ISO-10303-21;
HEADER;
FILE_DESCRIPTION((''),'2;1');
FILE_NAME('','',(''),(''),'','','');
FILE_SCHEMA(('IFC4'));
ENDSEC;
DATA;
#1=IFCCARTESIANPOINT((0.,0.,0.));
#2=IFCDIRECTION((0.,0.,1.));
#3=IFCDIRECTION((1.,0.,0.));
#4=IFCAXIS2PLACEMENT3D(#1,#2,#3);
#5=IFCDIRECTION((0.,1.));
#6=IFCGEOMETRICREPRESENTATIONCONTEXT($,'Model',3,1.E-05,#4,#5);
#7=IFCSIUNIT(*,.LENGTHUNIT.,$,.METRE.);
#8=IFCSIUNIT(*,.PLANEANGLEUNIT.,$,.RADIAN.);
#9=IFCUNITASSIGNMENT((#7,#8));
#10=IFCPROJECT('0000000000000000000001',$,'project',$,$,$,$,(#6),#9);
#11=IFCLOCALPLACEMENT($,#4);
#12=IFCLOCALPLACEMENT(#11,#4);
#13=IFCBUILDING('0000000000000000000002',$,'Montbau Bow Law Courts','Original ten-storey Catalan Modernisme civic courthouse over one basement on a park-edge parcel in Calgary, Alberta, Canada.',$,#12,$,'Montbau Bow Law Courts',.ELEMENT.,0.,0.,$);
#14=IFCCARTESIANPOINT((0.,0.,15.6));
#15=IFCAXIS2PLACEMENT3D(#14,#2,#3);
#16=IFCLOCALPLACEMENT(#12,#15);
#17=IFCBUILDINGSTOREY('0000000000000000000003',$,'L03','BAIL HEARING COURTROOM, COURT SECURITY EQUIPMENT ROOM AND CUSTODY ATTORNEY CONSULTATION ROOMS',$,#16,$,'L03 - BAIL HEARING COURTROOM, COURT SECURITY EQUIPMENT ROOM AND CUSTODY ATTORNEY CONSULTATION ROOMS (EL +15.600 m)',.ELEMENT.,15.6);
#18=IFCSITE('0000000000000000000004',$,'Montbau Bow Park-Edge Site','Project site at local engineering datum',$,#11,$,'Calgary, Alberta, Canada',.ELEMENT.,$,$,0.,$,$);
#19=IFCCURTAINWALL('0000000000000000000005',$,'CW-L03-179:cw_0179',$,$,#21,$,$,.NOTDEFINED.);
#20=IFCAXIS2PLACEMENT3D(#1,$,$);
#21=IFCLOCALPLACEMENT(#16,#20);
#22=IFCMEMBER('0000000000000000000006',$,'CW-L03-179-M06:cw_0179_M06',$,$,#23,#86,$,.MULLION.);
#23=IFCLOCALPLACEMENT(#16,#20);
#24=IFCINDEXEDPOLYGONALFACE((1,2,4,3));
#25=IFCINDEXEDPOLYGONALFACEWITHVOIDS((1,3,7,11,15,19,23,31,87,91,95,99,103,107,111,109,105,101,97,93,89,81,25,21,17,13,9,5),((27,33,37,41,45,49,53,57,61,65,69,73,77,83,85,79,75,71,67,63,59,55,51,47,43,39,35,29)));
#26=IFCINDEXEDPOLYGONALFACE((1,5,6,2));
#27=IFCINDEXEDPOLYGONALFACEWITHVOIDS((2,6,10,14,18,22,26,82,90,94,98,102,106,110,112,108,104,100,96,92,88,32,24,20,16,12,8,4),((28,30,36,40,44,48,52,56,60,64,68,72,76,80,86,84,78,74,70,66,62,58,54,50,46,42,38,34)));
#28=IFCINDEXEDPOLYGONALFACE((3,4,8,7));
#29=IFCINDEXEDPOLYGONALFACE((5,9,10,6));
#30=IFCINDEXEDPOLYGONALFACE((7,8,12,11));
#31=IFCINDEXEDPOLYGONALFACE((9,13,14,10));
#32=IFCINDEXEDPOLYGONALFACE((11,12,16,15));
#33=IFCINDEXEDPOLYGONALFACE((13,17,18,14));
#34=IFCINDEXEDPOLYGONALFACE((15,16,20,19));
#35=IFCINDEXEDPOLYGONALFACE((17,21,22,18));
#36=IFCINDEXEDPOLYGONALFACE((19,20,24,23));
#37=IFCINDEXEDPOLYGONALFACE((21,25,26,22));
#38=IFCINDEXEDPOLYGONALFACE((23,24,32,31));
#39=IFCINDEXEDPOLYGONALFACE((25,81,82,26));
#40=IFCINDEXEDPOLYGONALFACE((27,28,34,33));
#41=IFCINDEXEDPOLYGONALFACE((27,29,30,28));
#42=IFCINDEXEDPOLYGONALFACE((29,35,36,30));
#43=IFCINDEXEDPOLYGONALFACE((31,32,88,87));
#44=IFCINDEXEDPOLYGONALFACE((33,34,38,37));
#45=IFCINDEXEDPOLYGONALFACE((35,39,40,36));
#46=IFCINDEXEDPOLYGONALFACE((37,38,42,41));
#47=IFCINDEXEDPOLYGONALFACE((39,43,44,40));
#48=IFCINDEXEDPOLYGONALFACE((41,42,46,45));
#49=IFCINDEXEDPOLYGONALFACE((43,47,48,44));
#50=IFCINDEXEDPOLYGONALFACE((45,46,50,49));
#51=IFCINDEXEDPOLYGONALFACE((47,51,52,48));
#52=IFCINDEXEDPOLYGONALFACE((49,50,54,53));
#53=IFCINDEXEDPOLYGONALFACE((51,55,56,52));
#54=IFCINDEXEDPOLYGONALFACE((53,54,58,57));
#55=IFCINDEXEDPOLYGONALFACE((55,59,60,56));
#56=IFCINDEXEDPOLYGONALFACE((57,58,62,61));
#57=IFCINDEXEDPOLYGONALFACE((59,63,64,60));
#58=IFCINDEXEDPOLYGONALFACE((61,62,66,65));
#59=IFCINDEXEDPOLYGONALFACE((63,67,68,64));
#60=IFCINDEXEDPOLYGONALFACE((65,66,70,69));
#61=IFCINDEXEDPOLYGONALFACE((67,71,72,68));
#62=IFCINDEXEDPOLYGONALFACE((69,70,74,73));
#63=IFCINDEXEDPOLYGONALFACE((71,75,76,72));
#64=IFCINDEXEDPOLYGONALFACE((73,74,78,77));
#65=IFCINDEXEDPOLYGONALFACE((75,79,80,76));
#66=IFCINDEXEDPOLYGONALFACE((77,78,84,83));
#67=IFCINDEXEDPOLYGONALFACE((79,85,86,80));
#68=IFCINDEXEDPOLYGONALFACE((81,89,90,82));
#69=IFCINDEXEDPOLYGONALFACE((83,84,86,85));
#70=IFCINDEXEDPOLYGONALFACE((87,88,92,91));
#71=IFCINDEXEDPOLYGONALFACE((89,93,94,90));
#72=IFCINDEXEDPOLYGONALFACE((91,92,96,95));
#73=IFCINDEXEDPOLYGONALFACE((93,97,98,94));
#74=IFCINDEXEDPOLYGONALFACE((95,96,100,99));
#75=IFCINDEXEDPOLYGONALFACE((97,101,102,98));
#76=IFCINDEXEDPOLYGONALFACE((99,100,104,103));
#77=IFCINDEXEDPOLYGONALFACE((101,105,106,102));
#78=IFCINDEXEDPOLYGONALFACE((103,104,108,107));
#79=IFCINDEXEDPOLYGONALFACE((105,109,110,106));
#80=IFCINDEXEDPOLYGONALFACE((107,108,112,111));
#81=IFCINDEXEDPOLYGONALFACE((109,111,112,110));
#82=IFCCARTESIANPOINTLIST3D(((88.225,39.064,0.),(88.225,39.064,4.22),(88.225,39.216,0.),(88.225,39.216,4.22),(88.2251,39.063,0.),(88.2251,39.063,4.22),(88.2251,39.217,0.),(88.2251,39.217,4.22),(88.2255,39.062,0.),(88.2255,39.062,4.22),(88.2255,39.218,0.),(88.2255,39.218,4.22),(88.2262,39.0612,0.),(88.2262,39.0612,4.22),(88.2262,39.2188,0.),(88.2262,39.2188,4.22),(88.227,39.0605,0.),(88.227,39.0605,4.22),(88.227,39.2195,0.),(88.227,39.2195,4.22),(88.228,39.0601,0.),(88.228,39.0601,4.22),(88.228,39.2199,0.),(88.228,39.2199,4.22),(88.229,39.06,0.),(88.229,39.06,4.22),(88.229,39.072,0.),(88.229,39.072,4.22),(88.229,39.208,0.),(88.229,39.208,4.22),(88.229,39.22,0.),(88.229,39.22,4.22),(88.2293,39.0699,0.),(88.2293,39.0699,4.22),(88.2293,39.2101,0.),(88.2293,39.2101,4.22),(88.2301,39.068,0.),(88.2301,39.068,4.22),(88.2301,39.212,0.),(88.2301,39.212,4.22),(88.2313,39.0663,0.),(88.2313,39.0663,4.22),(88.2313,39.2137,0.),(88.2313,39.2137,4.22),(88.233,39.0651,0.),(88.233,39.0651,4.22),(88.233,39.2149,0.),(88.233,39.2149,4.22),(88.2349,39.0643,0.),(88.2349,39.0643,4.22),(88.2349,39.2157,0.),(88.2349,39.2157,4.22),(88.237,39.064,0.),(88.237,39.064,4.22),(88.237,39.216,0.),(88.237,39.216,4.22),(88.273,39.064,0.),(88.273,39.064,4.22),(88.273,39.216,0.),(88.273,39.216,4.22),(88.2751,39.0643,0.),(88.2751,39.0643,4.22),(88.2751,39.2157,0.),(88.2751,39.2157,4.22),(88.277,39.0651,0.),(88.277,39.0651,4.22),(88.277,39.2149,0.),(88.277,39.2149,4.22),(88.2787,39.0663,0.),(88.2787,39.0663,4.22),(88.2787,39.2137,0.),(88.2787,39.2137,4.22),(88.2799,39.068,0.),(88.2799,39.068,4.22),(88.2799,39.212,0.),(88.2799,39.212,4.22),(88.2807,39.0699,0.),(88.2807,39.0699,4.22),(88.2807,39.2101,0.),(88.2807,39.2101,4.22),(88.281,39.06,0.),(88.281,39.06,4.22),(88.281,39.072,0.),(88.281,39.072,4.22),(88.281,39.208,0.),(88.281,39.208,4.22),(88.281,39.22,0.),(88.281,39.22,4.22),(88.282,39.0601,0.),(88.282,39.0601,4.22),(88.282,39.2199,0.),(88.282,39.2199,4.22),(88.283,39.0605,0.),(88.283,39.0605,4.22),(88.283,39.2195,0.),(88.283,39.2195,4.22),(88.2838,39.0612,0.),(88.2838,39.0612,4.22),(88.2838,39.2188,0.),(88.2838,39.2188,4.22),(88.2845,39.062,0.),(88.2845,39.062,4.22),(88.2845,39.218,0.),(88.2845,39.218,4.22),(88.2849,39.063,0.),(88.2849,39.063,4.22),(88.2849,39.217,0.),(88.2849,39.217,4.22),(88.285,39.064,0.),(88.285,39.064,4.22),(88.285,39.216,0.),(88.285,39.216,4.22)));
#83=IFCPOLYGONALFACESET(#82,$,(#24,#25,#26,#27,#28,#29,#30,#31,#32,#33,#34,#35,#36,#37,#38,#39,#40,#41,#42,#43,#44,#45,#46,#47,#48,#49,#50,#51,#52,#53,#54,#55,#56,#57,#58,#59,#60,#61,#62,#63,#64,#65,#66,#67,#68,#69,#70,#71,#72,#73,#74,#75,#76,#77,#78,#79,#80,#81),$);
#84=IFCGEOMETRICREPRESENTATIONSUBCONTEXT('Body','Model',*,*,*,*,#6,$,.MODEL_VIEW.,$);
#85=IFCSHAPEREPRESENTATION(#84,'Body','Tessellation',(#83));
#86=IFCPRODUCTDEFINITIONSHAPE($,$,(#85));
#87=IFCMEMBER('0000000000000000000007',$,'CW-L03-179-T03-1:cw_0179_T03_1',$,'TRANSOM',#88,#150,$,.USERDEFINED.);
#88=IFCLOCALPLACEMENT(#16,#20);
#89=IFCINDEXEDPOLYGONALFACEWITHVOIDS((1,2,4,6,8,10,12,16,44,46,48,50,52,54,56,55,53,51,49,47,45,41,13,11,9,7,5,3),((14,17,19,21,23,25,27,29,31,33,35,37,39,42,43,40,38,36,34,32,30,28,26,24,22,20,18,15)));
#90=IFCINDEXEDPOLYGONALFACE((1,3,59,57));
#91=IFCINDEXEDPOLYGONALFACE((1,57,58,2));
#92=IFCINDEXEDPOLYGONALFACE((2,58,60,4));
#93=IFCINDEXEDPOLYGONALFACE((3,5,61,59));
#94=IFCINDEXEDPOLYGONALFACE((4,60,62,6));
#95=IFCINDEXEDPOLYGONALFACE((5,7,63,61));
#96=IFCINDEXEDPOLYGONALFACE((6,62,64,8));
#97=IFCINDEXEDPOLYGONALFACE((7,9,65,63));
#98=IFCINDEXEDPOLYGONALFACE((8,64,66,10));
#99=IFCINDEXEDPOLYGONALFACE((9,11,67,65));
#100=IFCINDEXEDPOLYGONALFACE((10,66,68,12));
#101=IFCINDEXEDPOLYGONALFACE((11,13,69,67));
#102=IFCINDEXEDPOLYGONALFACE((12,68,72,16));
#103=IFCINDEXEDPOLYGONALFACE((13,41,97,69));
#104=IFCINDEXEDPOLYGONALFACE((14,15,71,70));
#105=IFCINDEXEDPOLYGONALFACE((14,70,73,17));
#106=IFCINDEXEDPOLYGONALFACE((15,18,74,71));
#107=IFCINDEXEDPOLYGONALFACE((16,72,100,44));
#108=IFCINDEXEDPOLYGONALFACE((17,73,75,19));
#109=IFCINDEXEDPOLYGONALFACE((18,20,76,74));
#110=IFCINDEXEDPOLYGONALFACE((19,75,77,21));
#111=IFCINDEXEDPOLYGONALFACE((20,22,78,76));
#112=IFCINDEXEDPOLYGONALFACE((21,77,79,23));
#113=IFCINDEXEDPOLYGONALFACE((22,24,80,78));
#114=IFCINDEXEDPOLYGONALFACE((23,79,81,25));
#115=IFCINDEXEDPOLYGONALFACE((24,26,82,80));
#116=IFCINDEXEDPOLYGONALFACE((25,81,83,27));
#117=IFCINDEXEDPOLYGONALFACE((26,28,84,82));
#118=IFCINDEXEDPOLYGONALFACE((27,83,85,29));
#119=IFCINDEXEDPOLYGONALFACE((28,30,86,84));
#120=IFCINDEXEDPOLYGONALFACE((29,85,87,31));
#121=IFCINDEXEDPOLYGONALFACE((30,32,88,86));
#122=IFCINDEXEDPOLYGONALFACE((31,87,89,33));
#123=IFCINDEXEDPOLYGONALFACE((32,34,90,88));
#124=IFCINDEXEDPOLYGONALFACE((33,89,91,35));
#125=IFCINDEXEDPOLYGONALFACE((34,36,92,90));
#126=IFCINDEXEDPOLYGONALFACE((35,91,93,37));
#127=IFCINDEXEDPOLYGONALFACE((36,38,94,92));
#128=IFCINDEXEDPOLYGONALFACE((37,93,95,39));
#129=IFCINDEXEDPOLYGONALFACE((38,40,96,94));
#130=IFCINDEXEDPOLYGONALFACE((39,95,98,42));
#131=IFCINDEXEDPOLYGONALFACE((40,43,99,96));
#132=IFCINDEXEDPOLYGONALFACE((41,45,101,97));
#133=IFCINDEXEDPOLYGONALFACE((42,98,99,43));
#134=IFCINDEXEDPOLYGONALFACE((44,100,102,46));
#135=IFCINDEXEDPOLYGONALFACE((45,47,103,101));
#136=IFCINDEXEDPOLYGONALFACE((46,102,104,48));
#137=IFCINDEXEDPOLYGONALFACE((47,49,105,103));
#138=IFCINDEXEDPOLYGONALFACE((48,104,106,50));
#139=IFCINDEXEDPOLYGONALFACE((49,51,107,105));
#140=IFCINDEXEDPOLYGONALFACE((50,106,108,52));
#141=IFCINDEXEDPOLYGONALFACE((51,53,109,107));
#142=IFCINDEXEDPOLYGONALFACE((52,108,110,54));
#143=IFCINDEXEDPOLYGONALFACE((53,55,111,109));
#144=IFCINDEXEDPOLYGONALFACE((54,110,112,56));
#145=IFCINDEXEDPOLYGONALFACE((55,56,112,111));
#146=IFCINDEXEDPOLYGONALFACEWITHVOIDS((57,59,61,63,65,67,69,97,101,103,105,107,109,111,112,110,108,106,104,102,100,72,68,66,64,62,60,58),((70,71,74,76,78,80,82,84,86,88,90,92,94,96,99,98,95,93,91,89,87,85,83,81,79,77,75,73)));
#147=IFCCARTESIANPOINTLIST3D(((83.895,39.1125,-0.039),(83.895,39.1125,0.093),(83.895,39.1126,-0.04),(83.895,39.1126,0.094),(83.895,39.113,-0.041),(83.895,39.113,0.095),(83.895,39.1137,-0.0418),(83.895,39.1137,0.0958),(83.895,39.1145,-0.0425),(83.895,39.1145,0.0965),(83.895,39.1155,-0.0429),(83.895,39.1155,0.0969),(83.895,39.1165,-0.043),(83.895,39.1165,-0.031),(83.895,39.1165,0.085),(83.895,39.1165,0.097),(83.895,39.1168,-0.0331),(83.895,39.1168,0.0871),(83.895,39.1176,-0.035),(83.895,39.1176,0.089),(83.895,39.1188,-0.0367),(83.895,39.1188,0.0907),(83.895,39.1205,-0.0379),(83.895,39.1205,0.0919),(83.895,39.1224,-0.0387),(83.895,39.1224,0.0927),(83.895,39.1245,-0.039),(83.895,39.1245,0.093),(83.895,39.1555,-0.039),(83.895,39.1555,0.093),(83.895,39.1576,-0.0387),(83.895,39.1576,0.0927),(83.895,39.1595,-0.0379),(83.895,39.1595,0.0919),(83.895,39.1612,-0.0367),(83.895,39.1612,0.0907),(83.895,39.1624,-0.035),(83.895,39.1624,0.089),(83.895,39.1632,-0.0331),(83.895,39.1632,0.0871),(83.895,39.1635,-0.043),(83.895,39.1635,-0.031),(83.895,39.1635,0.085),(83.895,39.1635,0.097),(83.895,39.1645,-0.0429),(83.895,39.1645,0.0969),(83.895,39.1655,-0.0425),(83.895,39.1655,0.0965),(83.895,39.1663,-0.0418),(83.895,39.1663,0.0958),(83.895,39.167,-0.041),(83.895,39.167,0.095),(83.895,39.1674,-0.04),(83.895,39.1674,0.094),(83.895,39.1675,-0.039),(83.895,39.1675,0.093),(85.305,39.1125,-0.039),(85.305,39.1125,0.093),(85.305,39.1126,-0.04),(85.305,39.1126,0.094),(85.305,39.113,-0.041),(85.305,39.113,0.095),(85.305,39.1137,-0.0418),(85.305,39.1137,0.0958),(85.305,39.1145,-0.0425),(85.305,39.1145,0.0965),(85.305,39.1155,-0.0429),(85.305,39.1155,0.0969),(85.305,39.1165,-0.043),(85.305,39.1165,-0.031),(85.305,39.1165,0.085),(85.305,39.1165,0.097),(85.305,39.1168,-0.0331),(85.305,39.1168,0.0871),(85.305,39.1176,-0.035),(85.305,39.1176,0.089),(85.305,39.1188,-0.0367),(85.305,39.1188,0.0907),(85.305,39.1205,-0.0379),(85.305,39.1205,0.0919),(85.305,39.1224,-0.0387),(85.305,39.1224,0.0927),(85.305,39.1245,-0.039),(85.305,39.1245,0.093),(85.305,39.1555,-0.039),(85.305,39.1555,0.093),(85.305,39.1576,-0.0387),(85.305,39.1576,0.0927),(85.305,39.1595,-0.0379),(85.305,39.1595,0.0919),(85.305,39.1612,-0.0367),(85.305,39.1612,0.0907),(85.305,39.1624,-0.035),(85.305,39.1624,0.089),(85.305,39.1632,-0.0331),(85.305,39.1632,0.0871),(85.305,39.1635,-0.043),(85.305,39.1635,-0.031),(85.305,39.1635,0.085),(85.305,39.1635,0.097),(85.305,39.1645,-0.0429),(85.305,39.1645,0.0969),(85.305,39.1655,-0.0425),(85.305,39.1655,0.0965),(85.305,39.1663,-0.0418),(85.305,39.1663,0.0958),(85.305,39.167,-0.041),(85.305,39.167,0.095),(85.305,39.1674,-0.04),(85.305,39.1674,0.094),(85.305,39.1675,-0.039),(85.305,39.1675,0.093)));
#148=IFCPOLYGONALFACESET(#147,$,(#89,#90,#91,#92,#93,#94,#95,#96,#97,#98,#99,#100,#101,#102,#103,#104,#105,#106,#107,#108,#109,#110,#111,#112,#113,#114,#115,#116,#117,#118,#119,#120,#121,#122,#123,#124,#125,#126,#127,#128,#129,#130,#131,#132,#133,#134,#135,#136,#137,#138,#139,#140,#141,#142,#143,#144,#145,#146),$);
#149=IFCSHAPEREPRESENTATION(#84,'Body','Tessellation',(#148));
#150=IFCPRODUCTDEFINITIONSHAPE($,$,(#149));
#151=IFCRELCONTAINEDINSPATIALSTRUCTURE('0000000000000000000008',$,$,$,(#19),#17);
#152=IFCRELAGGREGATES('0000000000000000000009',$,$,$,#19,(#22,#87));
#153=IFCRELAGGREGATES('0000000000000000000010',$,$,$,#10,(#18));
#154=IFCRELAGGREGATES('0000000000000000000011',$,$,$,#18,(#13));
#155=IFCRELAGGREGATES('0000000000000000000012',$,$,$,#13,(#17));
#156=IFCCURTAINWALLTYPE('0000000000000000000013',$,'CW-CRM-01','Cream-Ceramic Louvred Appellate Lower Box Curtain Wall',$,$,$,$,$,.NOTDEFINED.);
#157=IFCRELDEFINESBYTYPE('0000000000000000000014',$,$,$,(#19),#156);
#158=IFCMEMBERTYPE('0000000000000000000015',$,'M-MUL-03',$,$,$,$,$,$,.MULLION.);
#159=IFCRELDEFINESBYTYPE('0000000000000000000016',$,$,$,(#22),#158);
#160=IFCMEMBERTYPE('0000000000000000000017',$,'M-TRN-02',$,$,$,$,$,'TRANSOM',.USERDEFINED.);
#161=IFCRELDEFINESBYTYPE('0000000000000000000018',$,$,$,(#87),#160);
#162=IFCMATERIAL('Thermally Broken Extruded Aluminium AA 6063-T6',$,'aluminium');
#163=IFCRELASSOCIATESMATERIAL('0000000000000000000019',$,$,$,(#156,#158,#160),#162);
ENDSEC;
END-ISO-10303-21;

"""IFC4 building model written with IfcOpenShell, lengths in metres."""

from ifc_helpers import new_model, si_unit, direction, frame, origin_with_axes, origin_2d_with_axis, place, context, subcontext, project, spatial, hollow_rectangle, extrude, material, material_profile, profile_set, type_object, element, aggregate, save


model = new_model("IFC4")

# Units and contexts
model_context = context("Model", 3, precision=1e-05, world=origin_with_axes(), true_north=direction((0.0, 1.0)))
body_context = subcontext(model_context, "Body", "Model", "MODEL_VIEW")
ifc_project = project(units=[si_unit("LENGTHUNIT", "METRE"), si_unit("PLANEANGLEUNIT", "RADIAN")], contexts=[model_context])

# Site, building, storey
site_placement = place(None, origin_with_axes())
site = spatial("IfcSite", under=ifc_project, at=site_placement, Name="Montbau Bow Park-Edge Site", Description="Project site at local engineering datum", LongName="Calgary, Alberta, Canada", CompositionType="ELEMENT", RefElevation=0.0)
building_placement = place(site_placement, origin_with_axes())
building = spatial("IfcBuilding", under=site, at=building_placement, Name="Montbau Bow Law Courts", Description="Original ten-storey Catalan Modernisme civic courthouse over one basement on a park-edge parcel in Calgary, Alberta, Canada.", LongName="Montbau Bow Law Courts", CompositionType="ELEMENT", ElevationOfRefHeight=0.0, ElevationOfTerrain=0.0)
storey_placement = place(building_placement, frame((0.0, 0.0, 15.6), z_axis=(0.0, 0.0, 1.0), x_axis=(1.0, 0.0, 0.0)))
storey = spatial("IfcBuildingStorey", under=building, at=storey_placement, Name="L03", Description="BAIL HEARING COURTROOM, COURT SECURITY EQUIPMENT ROOM AND CUSTODY ATTORNEY CONSULTATION ROOMS", LongName="L03 - BAIL HEARING COURTROOM, COURT SECURITY EQUIPMENT ROOM AND CUSTODY ATTORNEY CONSULTATION ROOMS (EL +15.600 m)", CompositionType="ELEMENT", Elevation=15.6)

# Curtain wall, members
ifc_material_1 = material(Name="Thermally Broken Extruded Aluminium AA 6063-T6", Category="aluminium")
curtain_wall_type = type_object("IfcCurtainWallType", Name="CW-CRM-01", Description="Cream-Ceramic Louvred Appellate Lower Box Curtain Wall", PredefinedType="NOTDEFINED", material=ifc_material_1)
curtain_wall_placement = place(None, frame((80.915, 39.14, 15.6), z_axis=(0.0, 0.0, 1.0), x_axis=(1.0, 0.0, 0.0)))
curtain_wall = element("IfcCurtainWall", 1, at=curtain_wall_placement, inside=storey, type_object=curtain_wall_type, Name="CW-L03-179:cw_0179", PredefinedType="NOTDEFINED")
ifc_material_profile_1 = material_profile(ifc_material_1, hollow_rectangle(XDim=0.06, YDim=0.16, WallThickness=0.004, InnerFilletRadius=0.008, OuterFilletRadius=0.004, at=origin_2d_with_axis()), Name="CWM-160X60", Category="Main", Priority=0)
ifc_profile_set_1 = profile_set([ifc_material_profile_1], Name="Thermally Broken Extruded Aluminium AA 6063-T6")
member_type_1 = type_object("IfcMemberType", Name="M-MUL-03", PredefinedType="MULLION", material=ifc_profile_set_1)
member_1_placement = place(None, frame((88.255, 39.14, 15.6), z_axis=(0.0, 0.0, 1.0), x_axis=(1.0, 0.0, 0.0)))
member_1 = element("IfcMember", 2, at=member_1_placement, type_object=member_type_1, Name="CW-L03-179-M06:cw_0179_M06", PredefinedType="MULLION", context=body_context, shape_type="SweptSolid", body=[
    extrude(hollow_rectangle(XDim=0.06, YDim=0.16, WallThickness=0.004, InnerFilletRadius=0.008, OuterFilletRadius=0.004, at=origin_2d_with_axis()), origin_with_axes(), (0.0, 0.0, 1.0), 4.22),
])
ifc_material_profile_2 = material_profile(ifc_material_1, hollow_rectangle(XDim=0.055, YDim=0.14, WallThickness=0.004, InnerFilletRadius=0.008, OuterFilletRadius=0.004, at=origin_2d_with_axis()), Name="CWT-140X55", Category="Main", Priority=0)
ifc_profile_set_2 = profile_set([ifc_material_profile_2], Name="Thermally Broken Extruded Aluminium AA 6063-T6")
member_type_2 = type_object("IfcMemberType", Name="M-TRN-02", ElementType="TRANSOM", PredefinedType="USERDEFINED", material=ifc_profile_set_2)
member_2_placement = place(None, frame((83.895, 39.14, 15.627), z_axis=(1.0, 0.0, 0.0), x_axis=(0.0, 1.0, 0.0)))
member_2 = element("IfcMember", 3, at=member_2_placement, type_object=member_type_2, Name="CW-L03-179-T03-1:cw_0179_T03_1", ObjectType="TRANSOM", PredefinedType="USERDEFINED", context=body_context, shape_type="SweptSolid", body=[
    extrude(hollow_rectangle(XDim=0.055, YDim=0.14, WallThickness=0.004, InnerFilletRadius=0.008, OuterFilletRadius=0.004, at=origin_2d_with_axis()), origin_with_axes(), (0.0, 0.0, 1.0), 1.41),
])
aggregate(curtain_wall, [member_1, member_2])

save(model, "model.ifc")
